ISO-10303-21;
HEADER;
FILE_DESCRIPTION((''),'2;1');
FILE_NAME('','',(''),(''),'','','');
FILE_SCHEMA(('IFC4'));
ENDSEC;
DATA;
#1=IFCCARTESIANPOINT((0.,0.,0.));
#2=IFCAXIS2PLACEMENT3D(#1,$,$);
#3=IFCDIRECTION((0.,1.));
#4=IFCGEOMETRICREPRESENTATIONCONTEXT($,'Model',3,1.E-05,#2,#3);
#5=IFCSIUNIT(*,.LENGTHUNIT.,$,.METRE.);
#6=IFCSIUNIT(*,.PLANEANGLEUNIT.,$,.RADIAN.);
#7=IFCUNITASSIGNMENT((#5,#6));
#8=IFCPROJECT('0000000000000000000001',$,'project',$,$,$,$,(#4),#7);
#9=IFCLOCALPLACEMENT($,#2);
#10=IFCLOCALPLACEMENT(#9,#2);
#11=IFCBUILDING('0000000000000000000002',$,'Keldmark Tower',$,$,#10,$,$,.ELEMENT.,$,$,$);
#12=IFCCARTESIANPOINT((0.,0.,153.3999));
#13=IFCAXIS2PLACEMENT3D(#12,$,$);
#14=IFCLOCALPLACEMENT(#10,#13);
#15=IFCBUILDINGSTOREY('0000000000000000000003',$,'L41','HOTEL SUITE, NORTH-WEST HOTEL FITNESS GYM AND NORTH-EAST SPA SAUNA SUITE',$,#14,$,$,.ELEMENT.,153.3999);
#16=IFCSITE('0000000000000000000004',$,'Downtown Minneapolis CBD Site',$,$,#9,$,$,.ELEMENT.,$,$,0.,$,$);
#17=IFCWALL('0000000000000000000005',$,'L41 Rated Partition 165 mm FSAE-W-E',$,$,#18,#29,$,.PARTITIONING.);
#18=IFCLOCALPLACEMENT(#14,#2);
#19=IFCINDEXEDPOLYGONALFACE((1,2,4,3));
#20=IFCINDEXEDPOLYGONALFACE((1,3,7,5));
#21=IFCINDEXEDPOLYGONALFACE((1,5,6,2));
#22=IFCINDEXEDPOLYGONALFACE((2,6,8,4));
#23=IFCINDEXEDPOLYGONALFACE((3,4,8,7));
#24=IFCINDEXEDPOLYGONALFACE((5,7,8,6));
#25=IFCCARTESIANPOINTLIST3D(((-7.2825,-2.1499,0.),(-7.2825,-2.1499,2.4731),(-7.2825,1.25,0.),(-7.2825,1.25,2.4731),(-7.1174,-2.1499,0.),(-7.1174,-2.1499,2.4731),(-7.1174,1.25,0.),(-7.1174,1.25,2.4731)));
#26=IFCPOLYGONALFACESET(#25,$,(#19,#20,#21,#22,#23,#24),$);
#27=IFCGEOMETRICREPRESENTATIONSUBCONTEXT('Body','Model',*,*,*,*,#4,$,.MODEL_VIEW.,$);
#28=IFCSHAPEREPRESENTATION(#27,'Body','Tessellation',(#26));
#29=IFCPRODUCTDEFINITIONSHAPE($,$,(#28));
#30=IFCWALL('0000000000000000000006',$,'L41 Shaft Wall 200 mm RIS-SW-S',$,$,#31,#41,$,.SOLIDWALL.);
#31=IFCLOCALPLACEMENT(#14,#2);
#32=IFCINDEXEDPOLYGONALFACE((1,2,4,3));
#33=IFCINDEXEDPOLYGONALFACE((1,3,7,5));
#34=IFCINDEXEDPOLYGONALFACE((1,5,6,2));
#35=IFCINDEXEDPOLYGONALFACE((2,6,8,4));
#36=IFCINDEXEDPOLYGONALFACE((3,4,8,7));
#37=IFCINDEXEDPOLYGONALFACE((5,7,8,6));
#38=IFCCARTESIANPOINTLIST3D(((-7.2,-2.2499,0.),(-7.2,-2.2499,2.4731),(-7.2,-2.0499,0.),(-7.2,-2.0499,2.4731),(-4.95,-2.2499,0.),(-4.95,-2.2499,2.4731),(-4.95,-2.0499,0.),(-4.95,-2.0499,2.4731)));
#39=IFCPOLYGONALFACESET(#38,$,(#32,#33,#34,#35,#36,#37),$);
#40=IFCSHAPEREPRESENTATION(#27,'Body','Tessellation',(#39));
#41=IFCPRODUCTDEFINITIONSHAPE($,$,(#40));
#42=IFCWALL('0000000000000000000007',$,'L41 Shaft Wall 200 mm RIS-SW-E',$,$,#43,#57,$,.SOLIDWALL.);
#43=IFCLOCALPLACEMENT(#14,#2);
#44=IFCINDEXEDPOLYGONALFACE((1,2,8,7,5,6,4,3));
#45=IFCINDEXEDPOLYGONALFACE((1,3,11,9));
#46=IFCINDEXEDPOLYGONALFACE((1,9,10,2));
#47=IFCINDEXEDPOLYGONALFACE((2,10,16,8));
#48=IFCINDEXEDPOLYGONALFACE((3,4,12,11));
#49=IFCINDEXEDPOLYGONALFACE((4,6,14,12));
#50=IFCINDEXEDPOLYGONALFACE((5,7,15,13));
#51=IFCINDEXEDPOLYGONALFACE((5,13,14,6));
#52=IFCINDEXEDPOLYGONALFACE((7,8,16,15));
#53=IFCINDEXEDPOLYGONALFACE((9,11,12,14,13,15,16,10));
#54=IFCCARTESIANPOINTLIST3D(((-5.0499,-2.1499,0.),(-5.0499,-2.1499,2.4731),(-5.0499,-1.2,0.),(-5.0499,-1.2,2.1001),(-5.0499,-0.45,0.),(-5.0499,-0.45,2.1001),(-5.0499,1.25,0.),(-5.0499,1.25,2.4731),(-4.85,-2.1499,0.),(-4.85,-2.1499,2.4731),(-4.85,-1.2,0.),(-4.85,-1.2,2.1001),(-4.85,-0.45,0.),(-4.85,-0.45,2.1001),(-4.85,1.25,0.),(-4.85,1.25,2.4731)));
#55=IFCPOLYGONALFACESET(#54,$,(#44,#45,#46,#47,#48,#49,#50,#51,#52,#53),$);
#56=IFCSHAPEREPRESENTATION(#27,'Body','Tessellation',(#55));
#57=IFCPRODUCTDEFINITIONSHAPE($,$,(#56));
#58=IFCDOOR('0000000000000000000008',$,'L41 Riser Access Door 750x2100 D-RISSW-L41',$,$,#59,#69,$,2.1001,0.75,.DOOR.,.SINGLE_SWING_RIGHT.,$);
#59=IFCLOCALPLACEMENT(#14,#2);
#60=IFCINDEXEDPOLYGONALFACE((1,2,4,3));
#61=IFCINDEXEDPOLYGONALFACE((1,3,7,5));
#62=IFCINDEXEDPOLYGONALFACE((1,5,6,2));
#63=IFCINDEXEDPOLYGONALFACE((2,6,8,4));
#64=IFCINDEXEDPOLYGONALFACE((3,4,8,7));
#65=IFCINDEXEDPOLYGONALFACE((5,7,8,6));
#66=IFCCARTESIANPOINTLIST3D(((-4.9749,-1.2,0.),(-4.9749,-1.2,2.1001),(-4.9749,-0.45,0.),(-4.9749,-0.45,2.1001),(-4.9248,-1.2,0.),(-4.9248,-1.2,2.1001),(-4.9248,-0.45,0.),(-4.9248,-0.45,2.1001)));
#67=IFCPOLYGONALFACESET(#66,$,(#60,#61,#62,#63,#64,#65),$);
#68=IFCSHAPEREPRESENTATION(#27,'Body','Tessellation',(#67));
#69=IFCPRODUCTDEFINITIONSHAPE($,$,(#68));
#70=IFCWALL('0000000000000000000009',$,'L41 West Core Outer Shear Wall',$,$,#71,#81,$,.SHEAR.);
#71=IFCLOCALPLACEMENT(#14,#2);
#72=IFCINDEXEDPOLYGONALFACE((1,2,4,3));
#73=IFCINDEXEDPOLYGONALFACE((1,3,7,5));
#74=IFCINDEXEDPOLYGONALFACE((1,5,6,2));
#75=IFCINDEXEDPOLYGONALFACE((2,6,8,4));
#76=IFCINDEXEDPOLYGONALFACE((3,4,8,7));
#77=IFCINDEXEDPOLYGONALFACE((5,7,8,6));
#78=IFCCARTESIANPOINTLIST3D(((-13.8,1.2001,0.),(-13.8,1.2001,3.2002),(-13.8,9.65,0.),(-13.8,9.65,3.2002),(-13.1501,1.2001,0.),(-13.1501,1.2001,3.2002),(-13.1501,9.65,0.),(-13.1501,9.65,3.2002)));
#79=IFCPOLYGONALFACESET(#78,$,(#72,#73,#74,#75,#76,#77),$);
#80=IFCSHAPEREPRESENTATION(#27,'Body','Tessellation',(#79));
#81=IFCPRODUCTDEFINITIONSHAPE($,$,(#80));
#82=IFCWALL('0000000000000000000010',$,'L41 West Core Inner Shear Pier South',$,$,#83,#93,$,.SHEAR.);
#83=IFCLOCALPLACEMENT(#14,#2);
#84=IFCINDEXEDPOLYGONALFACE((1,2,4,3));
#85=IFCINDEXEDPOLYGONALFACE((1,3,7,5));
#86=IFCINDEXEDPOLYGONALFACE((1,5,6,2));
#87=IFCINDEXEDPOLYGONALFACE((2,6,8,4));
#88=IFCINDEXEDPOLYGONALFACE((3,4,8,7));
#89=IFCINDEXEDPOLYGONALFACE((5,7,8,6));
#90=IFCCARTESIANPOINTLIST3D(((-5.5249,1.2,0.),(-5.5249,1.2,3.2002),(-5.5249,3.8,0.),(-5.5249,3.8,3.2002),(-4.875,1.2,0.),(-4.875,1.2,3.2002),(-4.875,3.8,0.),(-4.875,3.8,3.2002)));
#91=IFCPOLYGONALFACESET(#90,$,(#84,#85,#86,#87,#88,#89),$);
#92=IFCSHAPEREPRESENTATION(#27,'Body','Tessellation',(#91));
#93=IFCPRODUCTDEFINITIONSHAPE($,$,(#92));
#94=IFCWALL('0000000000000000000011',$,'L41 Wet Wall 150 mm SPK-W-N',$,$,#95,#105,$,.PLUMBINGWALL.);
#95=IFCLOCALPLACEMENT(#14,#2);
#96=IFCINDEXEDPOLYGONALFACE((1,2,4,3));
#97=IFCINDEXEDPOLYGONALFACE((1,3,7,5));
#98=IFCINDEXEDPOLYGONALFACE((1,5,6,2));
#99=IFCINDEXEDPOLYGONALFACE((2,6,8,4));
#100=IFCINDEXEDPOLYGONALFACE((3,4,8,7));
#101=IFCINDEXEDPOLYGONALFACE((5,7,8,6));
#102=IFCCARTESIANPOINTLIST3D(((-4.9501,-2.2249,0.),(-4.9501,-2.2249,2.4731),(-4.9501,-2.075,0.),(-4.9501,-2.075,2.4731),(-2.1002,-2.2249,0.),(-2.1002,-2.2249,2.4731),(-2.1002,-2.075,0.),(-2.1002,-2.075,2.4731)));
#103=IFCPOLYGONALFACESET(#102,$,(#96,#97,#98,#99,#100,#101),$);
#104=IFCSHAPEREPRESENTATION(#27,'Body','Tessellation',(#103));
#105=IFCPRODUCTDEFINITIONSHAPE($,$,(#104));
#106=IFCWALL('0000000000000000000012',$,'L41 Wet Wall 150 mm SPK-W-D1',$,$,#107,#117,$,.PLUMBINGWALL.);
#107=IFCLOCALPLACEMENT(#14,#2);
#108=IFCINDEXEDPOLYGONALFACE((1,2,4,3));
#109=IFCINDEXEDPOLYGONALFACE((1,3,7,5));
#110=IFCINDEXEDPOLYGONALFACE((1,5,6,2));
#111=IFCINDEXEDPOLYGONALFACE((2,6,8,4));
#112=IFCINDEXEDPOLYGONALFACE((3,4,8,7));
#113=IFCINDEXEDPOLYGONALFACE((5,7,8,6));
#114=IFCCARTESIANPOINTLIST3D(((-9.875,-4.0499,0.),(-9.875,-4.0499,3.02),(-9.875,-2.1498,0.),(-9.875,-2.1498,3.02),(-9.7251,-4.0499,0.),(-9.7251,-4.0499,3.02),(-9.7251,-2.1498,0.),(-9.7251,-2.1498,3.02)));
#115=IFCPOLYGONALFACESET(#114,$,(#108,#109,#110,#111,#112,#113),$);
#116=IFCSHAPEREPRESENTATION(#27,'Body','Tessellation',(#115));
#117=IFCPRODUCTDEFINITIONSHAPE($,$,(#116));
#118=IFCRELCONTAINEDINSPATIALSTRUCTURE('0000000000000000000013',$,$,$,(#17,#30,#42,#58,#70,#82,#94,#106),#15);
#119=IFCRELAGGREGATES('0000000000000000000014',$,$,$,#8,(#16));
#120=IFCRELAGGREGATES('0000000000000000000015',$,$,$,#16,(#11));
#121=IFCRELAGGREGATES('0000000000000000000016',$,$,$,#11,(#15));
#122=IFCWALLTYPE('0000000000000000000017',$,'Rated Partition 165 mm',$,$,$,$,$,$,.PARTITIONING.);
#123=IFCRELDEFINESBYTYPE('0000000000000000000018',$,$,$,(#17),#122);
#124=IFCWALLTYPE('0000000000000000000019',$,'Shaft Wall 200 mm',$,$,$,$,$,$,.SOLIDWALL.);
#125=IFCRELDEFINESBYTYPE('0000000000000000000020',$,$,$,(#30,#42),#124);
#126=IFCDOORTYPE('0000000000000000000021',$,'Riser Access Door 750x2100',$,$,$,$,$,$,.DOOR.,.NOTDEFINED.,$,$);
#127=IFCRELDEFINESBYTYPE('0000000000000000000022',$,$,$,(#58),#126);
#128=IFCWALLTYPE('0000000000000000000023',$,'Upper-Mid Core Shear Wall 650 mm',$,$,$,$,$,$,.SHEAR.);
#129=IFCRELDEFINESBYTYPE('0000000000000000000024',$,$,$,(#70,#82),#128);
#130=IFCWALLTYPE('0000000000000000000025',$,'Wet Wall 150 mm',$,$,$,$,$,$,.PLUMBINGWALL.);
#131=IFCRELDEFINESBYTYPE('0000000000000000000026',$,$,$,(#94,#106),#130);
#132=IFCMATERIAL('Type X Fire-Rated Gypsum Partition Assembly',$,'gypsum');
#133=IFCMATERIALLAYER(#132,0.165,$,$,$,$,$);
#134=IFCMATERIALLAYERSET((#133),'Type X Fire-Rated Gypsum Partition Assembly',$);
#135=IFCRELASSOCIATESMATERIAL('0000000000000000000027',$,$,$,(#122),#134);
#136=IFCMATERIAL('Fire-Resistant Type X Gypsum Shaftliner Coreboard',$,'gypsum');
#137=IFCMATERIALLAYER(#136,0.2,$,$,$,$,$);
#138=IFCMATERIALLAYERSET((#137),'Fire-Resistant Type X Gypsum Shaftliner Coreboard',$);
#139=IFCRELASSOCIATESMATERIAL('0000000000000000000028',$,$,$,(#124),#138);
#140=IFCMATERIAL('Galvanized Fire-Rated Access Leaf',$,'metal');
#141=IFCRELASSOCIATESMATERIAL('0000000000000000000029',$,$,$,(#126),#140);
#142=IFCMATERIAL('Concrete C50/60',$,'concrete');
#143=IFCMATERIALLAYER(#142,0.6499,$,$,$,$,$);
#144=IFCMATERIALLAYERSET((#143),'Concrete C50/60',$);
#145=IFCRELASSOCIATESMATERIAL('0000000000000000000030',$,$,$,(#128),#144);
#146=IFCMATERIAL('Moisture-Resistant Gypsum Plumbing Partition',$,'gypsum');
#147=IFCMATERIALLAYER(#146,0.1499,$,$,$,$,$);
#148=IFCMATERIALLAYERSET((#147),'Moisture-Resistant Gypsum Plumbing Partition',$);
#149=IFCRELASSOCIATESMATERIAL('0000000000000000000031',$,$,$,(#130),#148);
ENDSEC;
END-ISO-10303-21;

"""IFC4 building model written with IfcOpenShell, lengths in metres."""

from ifc_helpers import new_model, si_unit, direction, frame, frame_2d, origin, place, context, subcontext, project, spatial, rectangle, extrude, material, layer, layer_set, type_object, element, fill, save


model = new_model("IFC4")

# Units and contexts
model_context = context("Model", 3, precision=1e-05, world=origin(), true_north=direction((0.0, 1.0)))
body_context = subcontext(model_context, "Body", "Model", "MODEL_VIEW")
ifc_project = project(units=[si_unit("LENGTHUNIT", "METRE"), si_unit("PLANEANGLEUNIT", "RADIAN")], contexts=[model_context])

# Site, building, storey
site_placement = place(None, origin())
site = spatial("IfcSite", under=ifc_project, at=site_placement, Name="Downtown Minneapolis CBD Site", CompositionType="ELEMENT", RefElevation=0.0)
building_placement = place(site_placement, origin())
building = spatial("IfcBuilding", under=site, at=building_placement, Name="Keldmark Tower", CompositionType="ELEMENT")
storey_placement = place(building_placement, frame((0.0, 0.0, 153.3999)))
storey = spatial("IfcBuildingStorey", under=building, at=storey_placement, Name="L41", Description="HOTEL SUITE, NORTH-WEST HOTEL FITNESS GYM AND NORTH-EAST SPA SAUNA SUITE", CompositionType="ELEMENT", Elevation=153.3999)

# Shared definitions
ifc_material_1 = material(Name="Type X Fire-Rated Gypsum Partition Assembly", Category="gypsum")
ifc_layer_1 = layer(ifc_material_1, 0.165)
ifc_layer_set_1 = layer_set([ifc_layer_1], Name="Type X Fire-Rated Gypsum Partition Assembly")
wall_type_1 = type_object("IfcWallType", Name="Rated Partition 165 mm", PredefinedType="PARTITIONING", material=ifc_layer_set_1)

# Walls
wall_1_placement = place(storey_placement, frame((-7.2, -2.1499, 0.0), z_axis=(0.0, 0.0, 1.0), x_axis=(0.0, 1.0, 0.0)))
element("IfcWall", 1, at=wall_1_placement, inside=storey, type_object=wall_type_1, Name="L41 Rated Partition 165 mm FSAE-W-E", PredefinedType="PARTITIONING", context=body_context, shape_type="SweptSolid", body=[
    extrude(rectangle(XDim=3.3999, YDim=0.165, at=frame_2d((1.7, 0.0))), origin(), (0.0, 0.0, 1.0), 2.4731),
])
ifc_material_2 = material(Name="Fire-Resistant Type X Gypsum Shaftliner Coreboard", Category="gypsum")
ifc_layer_2 = layer(ifc_material_2, 0.2)
ifc_layer_set_2 = layer_set([ifc_layer_2], Name="Fire-Resistant Type X Gypsum Shaftliner Coreboard")
wall_type_2 = type_object("IfcWallType", Name="Shaft Wall 200 mm", PredefinedType="SOLIDWALL", material=ifc_layer_set_2)
wall_2_placement = place(storey_placement, frame((-7.2, -2.1499, 0.0), z_axis=(0.0, 0.0, 1.0), x_axis=(1.0, 0.0, 0.0)))
element("IfcWall", 2, at=wall_2_placement, inside=storey, type_object=wall_type_2, Name="L41 Shaft Wall 200 mm RIS-SW-S", PredefinedType="SOLIDWALL", context=body_context, shape_type="SweptSolid", body=[
    extrude(rectangle(XDim=2.25, YDim=0.2, at=frame_2d((1.125, 0.0))), origin(), (0.0, 0.0, 1.0), 2.4731),
])

# Wall, opening, door
wall_3_placement = place(storey_placement, frame((-4.95, -2.1499, 0.0), z_axis=(0.0, 0.0, 1.0), x_axis=(0.0, 1.0, 0.0)))
wall_3 = element("IfcWall", 3, at=wall_3_placement, inside=storey, type_object=wall_type_2, Name="L41 Shaft Wall 200 mm RIS-SW-E", PredefinedType="SOLIDWALL", context=body_context, shape_type="SweptSolid", body=[
    extrude(rectangle(XDim=3.3999, YDim=0.2, at=frame_2d((1.7, 0.0))), origin(), (0.0, 0.0, 1.0), 2.4731),
])
opening_1_placement = place(wall_3_placement, frame((0.95, 0.0, 0.0)))
opening_1 = element("IfcOpeningElement", 4, at=opening_1_placement, cuts=wall_3, PredefinedType="OPENING", context=body_context, shape_type="SweptSolid", body=[
    extrude(rectangle(XDim=0.75, YDim=2.1001, at=frame_2d((0.375, 1.05))), frame((0.0, 0.1099, 0.0), z_axis=(0.0, -1.0, 0.0), x_axis=(1.0, 0.0, 0.0)), (0.0, 0.0, 1.0), 0.22),
])
ifc_material_3 = material(Name="Galvanized Fire-Rated Access Leaf", Category="metal")
door_type_1 = type_object("IfcDoorType", Name="Riser Access Door 750x2100", OperationType="NOTDEFINED", PredefinedType="DOOR", material=ifc_material_3)
door_1_placement = place(opening_1_placement, origin())
door_1 = element("IfcDoor", 5, at=door_1_placement, inside=storey, type_object=door_type_1, Name="L41 Riser Access Door 750x2100 D-RISSW-L41", OperationType="SINGLE_SWING_RIGHT", OverallHeight=2.1001, OverallWidth=0.75, PredefinedType="DOOR", context=body_context, shape_type="SweptSolid", body=[
    extrude(rectangle(XDim=0.75, YDim=2.1001, at=frame_2d((0.375, 1.05))), frame((0.0, 0.0249, 0.0), z_axis=(0.0, -1.0, 0.0), x_axis=(1.0, 0.0, 0.0)), (0.0, 0.0, 1.0), 0.05),
])
fill(opening_1, door_1)

# Walls
ifc_material_4 = material(Name="Concrete C50/60", Category="concrete")
ifc_layer_3 = layer(ifc_material_4, 0.6499)
ifc_layer_set_3 = layer_set([ifc_layer_3], Name="Concrete C50/60")
wall_type_3 = type_object("IfcWallType", Name="Upper-Mid Core Shear Wall 650 mm", PredefinedType="SHEAR", material=ifc_layer_set_3)
wall_4_placement = place(storey_placement, frame((-13.4751, 1.2, 0.0), z_axis=(0.0, 0.0, 1.0), x_axis=(0.0, 1.0, 0.0)))
element("IfcWall", 6, at=wall_4_placement, inside=storey, type_object=wall_type_3, Name="L41 West Core Outer Shear Wall", PredefinedType="SHEAR", context=body_context, shape_type="SweptSolid", body=[
    extrude(rectangle(XDim=8.45, YDim=0.6499, at=frame_2d((4.2251, 0.0))), origin(), (0.0, 0.0, 1.0), 3.2002),
])
wall_5_placement = place(storey_placement, frame((-5.2, 1.2, 0.0), z_axis=(0.0, 0.0, 1.0), x_axis=(0.0, 1.0, 0.0)))
element("IfcWall", 7, at=wall_5_placement, inside=storey, type_object=wall_type_3, Name="L41 West Core Inner Shear Pier South", PredefinedType="SHEAR", context=body_context, shape_type="SweptSolid", body=[
    extrude(rectangle(XDim=2.6001, YDim=0.6499, at=frame_2d((1.3, 0.0))), origin(), (0.0, 0.0, 1.0), 3.2002),
])
ifc_material_5 = material(Name="Moisture-Resistant Gypsum Plumbing Partition", Category="gypsum")
ifc_layer_4 = layer(ifc_material_5, 0.1499)
ifc_layer_set_4 = layer_set([ifc_layer_4], Name="Moisture-Resistant Gypsum Plumbing Partition")
wall_type_4 = type_object("IfcWallType", Name="Wet Wall 150 mm", PredefinedType="PLUMBINGWALL", material=ifc_layer_set_4)
wall_6_placement = place(storey_placement, frame((-4.95, -2.1499, 0.0), z_axis=(0.0, 0.0, 1.0), x_axis=(1.0, 0.0, 0.0)))
element("IfcWall", 8, at=wall_6_placement, inside=storey, type_object=wall_type_4, Name="L41 Wet Wall 150 mm SPK-W-N", PredefinedType="PLUMBINGWALL", context=body_context, shape_type="SweptSolid", body=[
    extrude(rectangle(XDim=2.8499, YDim=0.1499, at=frame_2d((1.4248, 0.0))), origin(), (0.0, 0.0, 1.0), 2.4731),
])
wall_7_placement = place(storey_placement, frame((-9.8, -4.05, 0.0), z_axis=(0.0, 0.0, 1.0), x_axis=(0.0, 1.0, 0.0)))
element("IfcWall", 9, at=wall_7_placement, inside=storey, type_object=wall_type_4, Name="L41 Wet Wall 150 mm SPK-W-D1", PredefinedType="PLUMBINGWALL", context=body_context, shape_type="SweptSolid", body=[
    extrude(rectangle(XDim=1.9001, YDim=0.1499, at=frame_2d((0.9502, 0.0))), origin(), (0.0, 0.0, 1.0), 3.02),
])

save(model, "model.ifc")
